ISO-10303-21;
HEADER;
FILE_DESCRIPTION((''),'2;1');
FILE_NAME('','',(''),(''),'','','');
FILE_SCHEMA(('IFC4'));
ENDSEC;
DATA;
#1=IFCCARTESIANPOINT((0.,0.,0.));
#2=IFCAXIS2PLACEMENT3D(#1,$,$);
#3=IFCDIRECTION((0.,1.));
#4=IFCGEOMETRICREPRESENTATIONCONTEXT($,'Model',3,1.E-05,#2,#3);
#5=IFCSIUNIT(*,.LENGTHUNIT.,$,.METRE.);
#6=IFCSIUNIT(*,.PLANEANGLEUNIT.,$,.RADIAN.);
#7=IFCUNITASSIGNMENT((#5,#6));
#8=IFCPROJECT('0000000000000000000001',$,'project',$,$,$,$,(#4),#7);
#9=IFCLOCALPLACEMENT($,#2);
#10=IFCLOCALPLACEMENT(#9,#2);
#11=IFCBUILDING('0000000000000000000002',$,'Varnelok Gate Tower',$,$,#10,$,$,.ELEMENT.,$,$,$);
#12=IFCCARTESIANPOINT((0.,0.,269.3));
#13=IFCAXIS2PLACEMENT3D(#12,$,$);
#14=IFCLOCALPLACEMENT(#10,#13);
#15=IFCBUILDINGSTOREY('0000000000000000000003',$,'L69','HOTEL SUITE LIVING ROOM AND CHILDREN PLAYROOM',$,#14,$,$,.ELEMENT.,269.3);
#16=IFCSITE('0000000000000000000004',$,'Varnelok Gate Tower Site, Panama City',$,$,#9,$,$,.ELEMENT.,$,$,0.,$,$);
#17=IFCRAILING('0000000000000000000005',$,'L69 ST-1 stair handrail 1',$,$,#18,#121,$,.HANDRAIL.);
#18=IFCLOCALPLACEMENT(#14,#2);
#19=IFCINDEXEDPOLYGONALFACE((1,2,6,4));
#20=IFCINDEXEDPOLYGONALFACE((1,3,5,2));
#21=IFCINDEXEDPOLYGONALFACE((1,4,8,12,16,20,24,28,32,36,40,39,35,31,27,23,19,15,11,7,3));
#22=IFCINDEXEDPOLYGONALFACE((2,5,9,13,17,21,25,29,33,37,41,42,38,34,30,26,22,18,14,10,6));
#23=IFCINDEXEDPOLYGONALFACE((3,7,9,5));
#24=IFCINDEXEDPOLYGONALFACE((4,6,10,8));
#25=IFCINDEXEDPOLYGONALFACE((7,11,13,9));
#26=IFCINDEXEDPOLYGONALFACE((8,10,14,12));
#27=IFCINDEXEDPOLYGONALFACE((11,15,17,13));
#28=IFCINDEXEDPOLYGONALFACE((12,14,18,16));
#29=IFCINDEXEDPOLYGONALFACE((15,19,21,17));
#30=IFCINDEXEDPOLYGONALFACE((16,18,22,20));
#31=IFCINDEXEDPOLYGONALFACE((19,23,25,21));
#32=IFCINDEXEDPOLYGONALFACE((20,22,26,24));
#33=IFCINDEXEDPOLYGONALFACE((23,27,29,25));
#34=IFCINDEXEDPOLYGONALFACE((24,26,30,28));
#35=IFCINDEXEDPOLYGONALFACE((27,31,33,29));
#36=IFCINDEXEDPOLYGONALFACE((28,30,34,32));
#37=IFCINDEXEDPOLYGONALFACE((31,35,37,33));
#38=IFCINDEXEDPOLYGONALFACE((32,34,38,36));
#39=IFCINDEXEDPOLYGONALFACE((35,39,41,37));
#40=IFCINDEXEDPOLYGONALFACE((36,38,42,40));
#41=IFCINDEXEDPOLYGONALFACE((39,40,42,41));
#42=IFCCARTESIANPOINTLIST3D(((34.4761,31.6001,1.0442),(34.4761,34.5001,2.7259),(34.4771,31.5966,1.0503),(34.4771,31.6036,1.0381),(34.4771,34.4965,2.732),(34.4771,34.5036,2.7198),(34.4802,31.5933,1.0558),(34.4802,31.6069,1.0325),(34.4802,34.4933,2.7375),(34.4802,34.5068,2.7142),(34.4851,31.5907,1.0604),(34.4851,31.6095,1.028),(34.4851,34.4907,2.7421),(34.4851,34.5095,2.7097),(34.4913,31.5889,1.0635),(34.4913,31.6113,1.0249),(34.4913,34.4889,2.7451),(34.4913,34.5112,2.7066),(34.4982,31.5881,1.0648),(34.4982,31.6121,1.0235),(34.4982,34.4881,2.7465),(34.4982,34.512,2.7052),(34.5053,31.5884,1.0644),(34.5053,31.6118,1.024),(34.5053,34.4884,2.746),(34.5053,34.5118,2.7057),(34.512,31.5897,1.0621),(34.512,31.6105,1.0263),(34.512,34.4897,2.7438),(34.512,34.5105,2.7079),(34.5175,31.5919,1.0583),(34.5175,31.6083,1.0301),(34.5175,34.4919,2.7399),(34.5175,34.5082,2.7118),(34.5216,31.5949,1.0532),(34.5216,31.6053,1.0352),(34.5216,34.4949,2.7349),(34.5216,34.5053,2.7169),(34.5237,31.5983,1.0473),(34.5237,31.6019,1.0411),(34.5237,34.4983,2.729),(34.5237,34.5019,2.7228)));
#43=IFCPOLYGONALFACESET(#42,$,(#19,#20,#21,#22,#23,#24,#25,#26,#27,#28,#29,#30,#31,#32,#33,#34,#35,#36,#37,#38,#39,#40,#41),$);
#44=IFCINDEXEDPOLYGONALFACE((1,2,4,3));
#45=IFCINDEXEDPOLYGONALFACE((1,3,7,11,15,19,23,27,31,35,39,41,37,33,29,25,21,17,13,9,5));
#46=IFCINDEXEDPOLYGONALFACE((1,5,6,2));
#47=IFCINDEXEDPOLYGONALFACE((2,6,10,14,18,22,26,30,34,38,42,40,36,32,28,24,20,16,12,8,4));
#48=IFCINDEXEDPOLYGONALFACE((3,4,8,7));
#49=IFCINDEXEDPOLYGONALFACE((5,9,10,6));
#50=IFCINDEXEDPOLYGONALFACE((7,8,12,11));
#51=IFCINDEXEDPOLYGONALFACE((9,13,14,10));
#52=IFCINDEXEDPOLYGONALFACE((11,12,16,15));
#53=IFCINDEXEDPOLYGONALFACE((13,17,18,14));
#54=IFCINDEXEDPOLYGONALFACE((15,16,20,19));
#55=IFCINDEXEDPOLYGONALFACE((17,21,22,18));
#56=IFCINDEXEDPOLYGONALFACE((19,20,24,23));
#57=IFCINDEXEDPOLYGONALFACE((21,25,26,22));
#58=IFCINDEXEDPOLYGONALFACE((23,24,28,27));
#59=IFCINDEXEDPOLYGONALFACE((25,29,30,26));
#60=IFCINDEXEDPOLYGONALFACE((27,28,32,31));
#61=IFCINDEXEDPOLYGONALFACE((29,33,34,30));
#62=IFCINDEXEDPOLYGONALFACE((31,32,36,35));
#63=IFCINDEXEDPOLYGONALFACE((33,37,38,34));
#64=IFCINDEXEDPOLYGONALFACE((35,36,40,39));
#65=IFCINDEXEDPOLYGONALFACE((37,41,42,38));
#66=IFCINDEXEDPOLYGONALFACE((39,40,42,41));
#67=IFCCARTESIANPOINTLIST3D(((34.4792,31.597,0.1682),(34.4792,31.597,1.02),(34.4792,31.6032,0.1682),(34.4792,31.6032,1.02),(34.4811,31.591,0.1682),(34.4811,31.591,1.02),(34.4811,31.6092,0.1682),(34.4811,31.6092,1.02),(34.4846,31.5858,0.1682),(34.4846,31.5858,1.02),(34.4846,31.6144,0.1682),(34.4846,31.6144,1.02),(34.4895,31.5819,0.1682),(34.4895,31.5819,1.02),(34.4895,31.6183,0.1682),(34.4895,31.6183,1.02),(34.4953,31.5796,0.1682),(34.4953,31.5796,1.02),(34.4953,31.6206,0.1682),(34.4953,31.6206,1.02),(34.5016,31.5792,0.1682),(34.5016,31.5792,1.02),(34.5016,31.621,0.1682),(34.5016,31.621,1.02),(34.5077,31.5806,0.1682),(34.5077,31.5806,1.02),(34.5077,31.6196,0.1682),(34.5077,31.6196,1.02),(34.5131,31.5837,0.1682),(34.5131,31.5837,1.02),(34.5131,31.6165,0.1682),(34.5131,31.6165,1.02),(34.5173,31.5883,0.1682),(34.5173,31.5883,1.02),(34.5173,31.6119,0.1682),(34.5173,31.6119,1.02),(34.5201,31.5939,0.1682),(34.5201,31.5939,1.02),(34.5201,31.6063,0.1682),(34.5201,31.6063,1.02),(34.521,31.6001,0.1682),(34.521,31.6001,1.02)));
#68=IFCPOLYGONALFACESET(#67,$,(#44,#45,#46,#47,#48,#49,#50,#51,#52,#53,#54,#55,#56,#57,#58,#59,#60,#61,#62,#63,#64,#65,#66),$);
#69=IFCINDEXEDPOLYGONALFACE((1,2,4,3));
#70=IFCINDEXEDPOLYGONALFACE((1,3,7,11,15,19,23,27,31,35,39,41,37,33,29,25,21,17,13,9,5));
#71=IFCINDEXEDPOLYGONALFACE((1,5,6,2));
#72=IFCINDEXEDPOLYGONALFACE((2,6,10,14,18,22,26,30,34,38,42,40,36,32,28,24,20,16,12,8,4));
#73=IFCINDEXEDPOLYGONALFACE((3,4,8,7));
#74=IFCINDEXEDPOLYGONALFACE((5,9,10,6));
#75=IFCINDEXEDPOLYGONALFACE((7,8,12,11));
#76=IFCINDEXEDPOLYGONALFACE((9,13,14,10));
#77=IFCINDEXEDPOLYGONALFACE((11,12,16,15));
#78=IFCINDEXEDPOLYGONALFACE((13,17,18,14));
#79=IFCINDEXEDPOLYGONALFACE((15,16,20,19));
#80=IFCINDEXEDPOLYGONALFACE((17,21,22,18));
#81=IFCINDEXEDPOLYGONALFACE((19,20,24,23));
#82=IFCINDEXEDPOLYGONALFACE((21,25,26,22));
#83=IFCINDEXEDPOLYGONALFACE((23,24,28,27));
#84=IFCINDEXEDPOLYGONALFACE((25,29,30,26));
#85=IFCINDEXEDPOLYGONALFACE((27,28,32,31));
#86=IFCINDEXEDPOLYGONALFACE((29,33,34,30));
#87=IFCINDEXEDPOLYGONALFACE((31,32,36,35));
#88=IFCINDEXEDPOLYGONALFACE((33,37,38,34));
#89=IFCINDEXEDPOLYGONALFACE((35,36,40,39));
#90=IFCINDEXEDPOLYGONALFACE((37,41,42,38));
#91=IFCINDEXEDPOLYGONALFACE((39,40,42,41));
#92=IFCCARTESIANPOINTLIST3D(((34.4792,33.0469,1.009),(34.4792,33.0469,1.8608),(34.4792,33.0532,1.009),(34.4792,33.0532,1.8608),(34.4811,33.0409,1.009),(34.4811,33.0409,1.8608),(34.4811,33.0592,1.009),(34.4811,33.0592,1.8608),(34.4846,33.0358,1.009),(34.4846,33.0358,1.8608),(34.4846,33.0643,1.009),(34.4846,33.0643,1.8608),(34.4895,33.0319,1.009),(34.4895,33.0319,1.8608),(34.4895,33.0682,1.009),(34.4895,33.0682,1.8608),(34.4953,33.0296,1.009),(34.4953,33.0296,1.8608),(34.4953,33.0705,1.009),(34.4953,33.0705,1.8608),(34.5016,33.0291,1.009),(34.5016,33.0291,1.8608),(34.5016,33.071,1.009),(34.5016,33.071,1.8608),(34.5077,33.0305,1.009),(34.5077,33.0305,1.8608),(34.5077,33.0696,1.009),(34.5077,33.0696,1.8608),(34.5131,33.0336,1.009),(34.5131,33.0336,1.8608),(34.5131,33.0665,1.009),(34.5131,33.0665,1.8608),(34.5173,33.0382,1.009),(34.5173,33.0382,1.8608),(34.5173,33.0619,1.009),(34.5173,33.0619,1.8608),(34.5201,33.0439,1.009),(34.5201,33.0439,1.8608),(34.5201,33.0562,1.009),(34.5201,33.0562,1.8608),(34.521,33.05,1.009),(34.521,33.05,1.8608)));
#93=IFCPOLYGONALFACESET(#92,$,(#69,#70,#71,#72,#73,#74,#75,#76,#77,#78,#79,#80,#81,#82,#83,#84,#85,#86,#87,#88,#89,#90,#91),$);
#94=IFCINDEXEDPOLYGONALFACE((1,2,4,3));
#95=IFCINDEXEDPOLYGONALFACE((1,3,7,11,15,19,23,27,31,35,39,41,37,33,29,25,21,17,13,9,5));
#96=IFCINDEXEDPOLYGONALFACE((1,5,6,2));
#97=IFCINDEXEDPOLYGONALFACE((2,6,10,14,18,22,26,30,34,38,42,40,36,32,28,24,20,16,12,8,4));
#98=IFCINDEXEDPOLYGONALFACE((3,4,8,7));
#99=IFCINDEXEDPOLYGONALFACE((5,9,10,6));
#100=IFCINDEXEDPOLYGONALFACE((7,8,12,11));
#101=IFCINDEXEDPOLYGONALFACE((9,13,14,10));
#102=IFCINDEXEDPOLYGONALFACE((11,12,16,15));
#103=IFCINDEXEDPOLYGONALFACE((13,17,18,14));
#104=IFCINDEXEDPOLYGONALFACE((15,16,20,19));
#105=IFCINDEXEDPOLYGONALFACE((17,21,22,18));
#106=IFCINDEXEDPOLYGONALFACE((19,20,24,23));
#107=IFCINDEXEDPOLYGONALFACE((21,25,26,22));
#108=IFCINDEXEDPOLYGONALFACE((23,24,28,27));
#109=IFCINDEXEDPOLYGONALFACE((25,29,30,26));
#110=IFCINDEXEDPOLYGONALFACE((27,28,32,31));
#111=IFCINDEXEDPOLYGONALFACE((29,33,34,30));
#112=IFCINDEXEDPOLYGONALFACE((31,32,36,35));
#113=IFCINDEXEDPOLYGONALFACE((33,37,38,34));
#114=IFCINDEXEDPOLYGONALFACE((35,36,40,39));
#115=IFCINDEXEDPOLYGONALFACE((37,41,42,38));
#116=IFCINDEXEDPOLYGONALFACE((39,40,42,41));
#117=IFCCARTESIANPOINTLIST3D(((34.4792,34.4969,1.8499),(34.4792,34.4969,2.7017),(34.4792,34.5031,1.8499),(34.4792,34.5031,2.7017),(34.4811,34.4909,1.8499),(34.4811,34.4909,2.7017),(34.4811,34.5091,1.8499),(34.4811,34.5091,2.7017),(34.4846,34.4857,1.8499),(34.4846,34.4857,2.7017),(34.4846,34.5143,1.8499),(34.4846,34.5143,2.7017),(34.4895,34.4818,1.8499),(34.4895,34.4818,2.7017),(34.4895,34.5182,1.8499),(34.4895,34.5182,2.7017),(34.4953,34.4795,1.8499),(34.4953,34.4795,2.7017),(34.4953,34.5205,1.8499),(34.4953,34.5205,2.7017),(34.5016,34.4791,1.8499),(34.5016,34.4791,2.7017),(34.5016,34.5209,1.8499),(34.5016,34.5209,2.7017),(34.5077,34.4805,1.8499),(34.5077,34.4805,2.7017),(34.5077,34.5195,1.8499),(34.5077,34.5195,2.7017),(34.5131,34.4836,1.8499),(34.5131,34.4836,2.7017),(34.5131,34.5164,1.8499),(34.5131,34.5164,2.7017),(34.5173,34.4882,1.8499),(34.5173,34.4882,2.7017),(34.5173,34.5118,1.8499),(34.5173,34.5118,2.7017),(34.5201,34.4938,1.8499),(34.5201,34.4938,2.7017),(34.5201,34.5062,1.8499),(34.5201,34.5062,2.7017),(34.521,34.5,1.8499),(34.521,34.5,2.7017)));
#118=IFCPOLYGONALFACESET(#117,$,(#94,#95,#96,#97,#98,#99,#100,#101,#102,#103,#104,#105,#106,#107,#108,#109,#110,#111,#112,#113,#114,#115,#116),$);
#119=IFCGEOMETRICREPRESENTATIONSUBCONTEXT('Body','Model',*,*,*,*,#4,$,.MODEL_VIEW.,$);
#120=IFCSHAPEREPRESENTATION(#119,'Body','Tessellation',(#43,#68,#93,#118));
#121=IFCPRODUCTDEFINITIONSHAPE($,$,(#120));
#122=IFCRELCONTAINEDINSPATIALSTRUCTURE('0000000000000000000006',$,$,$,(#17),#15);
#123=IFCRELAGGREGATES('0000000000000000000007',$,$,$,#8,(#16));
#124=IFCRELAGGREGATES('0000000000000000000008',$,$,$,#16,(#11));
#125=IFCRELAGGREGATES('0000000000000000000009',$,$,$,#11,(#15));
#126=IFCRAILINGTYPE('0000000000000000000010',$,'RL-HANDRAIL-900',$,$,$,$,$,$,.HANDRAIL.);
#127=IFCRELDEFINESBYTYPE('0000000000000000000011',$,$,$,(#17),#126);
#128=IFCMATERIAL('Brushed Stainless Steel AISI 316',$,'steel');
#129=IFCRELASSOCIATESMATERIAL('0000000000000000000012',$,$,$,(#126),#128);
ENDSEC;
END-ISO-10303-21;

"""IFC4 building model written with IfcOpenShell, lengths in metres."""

from ifc_helpers import new_model, si_unit, direction, frame, origin, origin_2d, place, context, subcontext, project, spatial, circle, extrude, material, type_object, element, save


model = new_model("IFC4")

# Units and contexts
model_context = context("Model", 3, precision=1e-05, world=origin(), true_north=direction((0.0, 1.0)))
body_context = subcontext(model_context, "Body", "Model", "MODEL_VIEW")
ifc_project = project(units=[si_unit("LENGTHUNIT", "METRE"), si_unit("PLANEANGLEUNIT", "RADIAN")], contexts=[model_context])

# Site, building, storey
site_placement = place(None, origin())
site = spatial("IfcSite", under=ifc_project, at=site_placement, Name="Varnelok Gate Tower Site, Panama City", CompositionType="ELEMENT", RefElevation=0.0)
building_placement = place(site_placement, origin())
building = spatial("IfcBuilding", under=site, at=building_placement, Name="Varnelok Gate Tower", CompositionType="ELEMENT")
storey_placement = place(building_placement, frame((0.0, 0.0, 269.3)))
storey = spatial("IfcBuildingStorey", under=building, at=storey_placement, Name="L69", Description="HOTEL SUITE LIVING ROOM AND CHILDREN PLAYROOM", CompositionType="ELEMENT", Elevation=269.3)

# Railing
ifc_material_1 = material(Name="Brushed Stainless Steel AISI 316", Category="steel")
railing_type_1 = type_object("IfcRailingType", Name="RL-HANDRAIL-900", PredefinedType="HANDRAIL", material=ifc_material_1)
railing_1_placement = place(storey_placement, frame((34.5, 31.6001, 0.1682)))
element("IfcRailing", 1, at=railing_1_placement, inside=storey, type_object=railing_type_1, Name="L69 ST-1 stair handrail 1", PredefinedType="HANDRAIL", context=body_context, shape_type="SweptSolid", body=[
    extrude(circle(Radius=0.0239, at=origin_2d()), frame((0.0, 0.0, 0.876), z_axis=(0.0, 0.86507, 0.501651), x_axis=(-1.0, 0.0, 0.0)), (0.0, 0.0, 1.0), 3.3523),
    extrude(circle(Radius=0.021, at=origin_2d()), origin(), (0.0, 0.0, 1.0), 0.8518),
    extrude(circle(Radius=0.021, at=origin_2d()), frame((0.0, 1.45, 0.8408)), (0.0, 0.0, 1.0), 0.8518),
    extrude(circle(Radius=0.021, at=origin_2d()), frame((0.0, 2.8999, 1.6816)), (0.0, 0.0, 1.0), 0.8518),
])

save(model, "model.ifc")
